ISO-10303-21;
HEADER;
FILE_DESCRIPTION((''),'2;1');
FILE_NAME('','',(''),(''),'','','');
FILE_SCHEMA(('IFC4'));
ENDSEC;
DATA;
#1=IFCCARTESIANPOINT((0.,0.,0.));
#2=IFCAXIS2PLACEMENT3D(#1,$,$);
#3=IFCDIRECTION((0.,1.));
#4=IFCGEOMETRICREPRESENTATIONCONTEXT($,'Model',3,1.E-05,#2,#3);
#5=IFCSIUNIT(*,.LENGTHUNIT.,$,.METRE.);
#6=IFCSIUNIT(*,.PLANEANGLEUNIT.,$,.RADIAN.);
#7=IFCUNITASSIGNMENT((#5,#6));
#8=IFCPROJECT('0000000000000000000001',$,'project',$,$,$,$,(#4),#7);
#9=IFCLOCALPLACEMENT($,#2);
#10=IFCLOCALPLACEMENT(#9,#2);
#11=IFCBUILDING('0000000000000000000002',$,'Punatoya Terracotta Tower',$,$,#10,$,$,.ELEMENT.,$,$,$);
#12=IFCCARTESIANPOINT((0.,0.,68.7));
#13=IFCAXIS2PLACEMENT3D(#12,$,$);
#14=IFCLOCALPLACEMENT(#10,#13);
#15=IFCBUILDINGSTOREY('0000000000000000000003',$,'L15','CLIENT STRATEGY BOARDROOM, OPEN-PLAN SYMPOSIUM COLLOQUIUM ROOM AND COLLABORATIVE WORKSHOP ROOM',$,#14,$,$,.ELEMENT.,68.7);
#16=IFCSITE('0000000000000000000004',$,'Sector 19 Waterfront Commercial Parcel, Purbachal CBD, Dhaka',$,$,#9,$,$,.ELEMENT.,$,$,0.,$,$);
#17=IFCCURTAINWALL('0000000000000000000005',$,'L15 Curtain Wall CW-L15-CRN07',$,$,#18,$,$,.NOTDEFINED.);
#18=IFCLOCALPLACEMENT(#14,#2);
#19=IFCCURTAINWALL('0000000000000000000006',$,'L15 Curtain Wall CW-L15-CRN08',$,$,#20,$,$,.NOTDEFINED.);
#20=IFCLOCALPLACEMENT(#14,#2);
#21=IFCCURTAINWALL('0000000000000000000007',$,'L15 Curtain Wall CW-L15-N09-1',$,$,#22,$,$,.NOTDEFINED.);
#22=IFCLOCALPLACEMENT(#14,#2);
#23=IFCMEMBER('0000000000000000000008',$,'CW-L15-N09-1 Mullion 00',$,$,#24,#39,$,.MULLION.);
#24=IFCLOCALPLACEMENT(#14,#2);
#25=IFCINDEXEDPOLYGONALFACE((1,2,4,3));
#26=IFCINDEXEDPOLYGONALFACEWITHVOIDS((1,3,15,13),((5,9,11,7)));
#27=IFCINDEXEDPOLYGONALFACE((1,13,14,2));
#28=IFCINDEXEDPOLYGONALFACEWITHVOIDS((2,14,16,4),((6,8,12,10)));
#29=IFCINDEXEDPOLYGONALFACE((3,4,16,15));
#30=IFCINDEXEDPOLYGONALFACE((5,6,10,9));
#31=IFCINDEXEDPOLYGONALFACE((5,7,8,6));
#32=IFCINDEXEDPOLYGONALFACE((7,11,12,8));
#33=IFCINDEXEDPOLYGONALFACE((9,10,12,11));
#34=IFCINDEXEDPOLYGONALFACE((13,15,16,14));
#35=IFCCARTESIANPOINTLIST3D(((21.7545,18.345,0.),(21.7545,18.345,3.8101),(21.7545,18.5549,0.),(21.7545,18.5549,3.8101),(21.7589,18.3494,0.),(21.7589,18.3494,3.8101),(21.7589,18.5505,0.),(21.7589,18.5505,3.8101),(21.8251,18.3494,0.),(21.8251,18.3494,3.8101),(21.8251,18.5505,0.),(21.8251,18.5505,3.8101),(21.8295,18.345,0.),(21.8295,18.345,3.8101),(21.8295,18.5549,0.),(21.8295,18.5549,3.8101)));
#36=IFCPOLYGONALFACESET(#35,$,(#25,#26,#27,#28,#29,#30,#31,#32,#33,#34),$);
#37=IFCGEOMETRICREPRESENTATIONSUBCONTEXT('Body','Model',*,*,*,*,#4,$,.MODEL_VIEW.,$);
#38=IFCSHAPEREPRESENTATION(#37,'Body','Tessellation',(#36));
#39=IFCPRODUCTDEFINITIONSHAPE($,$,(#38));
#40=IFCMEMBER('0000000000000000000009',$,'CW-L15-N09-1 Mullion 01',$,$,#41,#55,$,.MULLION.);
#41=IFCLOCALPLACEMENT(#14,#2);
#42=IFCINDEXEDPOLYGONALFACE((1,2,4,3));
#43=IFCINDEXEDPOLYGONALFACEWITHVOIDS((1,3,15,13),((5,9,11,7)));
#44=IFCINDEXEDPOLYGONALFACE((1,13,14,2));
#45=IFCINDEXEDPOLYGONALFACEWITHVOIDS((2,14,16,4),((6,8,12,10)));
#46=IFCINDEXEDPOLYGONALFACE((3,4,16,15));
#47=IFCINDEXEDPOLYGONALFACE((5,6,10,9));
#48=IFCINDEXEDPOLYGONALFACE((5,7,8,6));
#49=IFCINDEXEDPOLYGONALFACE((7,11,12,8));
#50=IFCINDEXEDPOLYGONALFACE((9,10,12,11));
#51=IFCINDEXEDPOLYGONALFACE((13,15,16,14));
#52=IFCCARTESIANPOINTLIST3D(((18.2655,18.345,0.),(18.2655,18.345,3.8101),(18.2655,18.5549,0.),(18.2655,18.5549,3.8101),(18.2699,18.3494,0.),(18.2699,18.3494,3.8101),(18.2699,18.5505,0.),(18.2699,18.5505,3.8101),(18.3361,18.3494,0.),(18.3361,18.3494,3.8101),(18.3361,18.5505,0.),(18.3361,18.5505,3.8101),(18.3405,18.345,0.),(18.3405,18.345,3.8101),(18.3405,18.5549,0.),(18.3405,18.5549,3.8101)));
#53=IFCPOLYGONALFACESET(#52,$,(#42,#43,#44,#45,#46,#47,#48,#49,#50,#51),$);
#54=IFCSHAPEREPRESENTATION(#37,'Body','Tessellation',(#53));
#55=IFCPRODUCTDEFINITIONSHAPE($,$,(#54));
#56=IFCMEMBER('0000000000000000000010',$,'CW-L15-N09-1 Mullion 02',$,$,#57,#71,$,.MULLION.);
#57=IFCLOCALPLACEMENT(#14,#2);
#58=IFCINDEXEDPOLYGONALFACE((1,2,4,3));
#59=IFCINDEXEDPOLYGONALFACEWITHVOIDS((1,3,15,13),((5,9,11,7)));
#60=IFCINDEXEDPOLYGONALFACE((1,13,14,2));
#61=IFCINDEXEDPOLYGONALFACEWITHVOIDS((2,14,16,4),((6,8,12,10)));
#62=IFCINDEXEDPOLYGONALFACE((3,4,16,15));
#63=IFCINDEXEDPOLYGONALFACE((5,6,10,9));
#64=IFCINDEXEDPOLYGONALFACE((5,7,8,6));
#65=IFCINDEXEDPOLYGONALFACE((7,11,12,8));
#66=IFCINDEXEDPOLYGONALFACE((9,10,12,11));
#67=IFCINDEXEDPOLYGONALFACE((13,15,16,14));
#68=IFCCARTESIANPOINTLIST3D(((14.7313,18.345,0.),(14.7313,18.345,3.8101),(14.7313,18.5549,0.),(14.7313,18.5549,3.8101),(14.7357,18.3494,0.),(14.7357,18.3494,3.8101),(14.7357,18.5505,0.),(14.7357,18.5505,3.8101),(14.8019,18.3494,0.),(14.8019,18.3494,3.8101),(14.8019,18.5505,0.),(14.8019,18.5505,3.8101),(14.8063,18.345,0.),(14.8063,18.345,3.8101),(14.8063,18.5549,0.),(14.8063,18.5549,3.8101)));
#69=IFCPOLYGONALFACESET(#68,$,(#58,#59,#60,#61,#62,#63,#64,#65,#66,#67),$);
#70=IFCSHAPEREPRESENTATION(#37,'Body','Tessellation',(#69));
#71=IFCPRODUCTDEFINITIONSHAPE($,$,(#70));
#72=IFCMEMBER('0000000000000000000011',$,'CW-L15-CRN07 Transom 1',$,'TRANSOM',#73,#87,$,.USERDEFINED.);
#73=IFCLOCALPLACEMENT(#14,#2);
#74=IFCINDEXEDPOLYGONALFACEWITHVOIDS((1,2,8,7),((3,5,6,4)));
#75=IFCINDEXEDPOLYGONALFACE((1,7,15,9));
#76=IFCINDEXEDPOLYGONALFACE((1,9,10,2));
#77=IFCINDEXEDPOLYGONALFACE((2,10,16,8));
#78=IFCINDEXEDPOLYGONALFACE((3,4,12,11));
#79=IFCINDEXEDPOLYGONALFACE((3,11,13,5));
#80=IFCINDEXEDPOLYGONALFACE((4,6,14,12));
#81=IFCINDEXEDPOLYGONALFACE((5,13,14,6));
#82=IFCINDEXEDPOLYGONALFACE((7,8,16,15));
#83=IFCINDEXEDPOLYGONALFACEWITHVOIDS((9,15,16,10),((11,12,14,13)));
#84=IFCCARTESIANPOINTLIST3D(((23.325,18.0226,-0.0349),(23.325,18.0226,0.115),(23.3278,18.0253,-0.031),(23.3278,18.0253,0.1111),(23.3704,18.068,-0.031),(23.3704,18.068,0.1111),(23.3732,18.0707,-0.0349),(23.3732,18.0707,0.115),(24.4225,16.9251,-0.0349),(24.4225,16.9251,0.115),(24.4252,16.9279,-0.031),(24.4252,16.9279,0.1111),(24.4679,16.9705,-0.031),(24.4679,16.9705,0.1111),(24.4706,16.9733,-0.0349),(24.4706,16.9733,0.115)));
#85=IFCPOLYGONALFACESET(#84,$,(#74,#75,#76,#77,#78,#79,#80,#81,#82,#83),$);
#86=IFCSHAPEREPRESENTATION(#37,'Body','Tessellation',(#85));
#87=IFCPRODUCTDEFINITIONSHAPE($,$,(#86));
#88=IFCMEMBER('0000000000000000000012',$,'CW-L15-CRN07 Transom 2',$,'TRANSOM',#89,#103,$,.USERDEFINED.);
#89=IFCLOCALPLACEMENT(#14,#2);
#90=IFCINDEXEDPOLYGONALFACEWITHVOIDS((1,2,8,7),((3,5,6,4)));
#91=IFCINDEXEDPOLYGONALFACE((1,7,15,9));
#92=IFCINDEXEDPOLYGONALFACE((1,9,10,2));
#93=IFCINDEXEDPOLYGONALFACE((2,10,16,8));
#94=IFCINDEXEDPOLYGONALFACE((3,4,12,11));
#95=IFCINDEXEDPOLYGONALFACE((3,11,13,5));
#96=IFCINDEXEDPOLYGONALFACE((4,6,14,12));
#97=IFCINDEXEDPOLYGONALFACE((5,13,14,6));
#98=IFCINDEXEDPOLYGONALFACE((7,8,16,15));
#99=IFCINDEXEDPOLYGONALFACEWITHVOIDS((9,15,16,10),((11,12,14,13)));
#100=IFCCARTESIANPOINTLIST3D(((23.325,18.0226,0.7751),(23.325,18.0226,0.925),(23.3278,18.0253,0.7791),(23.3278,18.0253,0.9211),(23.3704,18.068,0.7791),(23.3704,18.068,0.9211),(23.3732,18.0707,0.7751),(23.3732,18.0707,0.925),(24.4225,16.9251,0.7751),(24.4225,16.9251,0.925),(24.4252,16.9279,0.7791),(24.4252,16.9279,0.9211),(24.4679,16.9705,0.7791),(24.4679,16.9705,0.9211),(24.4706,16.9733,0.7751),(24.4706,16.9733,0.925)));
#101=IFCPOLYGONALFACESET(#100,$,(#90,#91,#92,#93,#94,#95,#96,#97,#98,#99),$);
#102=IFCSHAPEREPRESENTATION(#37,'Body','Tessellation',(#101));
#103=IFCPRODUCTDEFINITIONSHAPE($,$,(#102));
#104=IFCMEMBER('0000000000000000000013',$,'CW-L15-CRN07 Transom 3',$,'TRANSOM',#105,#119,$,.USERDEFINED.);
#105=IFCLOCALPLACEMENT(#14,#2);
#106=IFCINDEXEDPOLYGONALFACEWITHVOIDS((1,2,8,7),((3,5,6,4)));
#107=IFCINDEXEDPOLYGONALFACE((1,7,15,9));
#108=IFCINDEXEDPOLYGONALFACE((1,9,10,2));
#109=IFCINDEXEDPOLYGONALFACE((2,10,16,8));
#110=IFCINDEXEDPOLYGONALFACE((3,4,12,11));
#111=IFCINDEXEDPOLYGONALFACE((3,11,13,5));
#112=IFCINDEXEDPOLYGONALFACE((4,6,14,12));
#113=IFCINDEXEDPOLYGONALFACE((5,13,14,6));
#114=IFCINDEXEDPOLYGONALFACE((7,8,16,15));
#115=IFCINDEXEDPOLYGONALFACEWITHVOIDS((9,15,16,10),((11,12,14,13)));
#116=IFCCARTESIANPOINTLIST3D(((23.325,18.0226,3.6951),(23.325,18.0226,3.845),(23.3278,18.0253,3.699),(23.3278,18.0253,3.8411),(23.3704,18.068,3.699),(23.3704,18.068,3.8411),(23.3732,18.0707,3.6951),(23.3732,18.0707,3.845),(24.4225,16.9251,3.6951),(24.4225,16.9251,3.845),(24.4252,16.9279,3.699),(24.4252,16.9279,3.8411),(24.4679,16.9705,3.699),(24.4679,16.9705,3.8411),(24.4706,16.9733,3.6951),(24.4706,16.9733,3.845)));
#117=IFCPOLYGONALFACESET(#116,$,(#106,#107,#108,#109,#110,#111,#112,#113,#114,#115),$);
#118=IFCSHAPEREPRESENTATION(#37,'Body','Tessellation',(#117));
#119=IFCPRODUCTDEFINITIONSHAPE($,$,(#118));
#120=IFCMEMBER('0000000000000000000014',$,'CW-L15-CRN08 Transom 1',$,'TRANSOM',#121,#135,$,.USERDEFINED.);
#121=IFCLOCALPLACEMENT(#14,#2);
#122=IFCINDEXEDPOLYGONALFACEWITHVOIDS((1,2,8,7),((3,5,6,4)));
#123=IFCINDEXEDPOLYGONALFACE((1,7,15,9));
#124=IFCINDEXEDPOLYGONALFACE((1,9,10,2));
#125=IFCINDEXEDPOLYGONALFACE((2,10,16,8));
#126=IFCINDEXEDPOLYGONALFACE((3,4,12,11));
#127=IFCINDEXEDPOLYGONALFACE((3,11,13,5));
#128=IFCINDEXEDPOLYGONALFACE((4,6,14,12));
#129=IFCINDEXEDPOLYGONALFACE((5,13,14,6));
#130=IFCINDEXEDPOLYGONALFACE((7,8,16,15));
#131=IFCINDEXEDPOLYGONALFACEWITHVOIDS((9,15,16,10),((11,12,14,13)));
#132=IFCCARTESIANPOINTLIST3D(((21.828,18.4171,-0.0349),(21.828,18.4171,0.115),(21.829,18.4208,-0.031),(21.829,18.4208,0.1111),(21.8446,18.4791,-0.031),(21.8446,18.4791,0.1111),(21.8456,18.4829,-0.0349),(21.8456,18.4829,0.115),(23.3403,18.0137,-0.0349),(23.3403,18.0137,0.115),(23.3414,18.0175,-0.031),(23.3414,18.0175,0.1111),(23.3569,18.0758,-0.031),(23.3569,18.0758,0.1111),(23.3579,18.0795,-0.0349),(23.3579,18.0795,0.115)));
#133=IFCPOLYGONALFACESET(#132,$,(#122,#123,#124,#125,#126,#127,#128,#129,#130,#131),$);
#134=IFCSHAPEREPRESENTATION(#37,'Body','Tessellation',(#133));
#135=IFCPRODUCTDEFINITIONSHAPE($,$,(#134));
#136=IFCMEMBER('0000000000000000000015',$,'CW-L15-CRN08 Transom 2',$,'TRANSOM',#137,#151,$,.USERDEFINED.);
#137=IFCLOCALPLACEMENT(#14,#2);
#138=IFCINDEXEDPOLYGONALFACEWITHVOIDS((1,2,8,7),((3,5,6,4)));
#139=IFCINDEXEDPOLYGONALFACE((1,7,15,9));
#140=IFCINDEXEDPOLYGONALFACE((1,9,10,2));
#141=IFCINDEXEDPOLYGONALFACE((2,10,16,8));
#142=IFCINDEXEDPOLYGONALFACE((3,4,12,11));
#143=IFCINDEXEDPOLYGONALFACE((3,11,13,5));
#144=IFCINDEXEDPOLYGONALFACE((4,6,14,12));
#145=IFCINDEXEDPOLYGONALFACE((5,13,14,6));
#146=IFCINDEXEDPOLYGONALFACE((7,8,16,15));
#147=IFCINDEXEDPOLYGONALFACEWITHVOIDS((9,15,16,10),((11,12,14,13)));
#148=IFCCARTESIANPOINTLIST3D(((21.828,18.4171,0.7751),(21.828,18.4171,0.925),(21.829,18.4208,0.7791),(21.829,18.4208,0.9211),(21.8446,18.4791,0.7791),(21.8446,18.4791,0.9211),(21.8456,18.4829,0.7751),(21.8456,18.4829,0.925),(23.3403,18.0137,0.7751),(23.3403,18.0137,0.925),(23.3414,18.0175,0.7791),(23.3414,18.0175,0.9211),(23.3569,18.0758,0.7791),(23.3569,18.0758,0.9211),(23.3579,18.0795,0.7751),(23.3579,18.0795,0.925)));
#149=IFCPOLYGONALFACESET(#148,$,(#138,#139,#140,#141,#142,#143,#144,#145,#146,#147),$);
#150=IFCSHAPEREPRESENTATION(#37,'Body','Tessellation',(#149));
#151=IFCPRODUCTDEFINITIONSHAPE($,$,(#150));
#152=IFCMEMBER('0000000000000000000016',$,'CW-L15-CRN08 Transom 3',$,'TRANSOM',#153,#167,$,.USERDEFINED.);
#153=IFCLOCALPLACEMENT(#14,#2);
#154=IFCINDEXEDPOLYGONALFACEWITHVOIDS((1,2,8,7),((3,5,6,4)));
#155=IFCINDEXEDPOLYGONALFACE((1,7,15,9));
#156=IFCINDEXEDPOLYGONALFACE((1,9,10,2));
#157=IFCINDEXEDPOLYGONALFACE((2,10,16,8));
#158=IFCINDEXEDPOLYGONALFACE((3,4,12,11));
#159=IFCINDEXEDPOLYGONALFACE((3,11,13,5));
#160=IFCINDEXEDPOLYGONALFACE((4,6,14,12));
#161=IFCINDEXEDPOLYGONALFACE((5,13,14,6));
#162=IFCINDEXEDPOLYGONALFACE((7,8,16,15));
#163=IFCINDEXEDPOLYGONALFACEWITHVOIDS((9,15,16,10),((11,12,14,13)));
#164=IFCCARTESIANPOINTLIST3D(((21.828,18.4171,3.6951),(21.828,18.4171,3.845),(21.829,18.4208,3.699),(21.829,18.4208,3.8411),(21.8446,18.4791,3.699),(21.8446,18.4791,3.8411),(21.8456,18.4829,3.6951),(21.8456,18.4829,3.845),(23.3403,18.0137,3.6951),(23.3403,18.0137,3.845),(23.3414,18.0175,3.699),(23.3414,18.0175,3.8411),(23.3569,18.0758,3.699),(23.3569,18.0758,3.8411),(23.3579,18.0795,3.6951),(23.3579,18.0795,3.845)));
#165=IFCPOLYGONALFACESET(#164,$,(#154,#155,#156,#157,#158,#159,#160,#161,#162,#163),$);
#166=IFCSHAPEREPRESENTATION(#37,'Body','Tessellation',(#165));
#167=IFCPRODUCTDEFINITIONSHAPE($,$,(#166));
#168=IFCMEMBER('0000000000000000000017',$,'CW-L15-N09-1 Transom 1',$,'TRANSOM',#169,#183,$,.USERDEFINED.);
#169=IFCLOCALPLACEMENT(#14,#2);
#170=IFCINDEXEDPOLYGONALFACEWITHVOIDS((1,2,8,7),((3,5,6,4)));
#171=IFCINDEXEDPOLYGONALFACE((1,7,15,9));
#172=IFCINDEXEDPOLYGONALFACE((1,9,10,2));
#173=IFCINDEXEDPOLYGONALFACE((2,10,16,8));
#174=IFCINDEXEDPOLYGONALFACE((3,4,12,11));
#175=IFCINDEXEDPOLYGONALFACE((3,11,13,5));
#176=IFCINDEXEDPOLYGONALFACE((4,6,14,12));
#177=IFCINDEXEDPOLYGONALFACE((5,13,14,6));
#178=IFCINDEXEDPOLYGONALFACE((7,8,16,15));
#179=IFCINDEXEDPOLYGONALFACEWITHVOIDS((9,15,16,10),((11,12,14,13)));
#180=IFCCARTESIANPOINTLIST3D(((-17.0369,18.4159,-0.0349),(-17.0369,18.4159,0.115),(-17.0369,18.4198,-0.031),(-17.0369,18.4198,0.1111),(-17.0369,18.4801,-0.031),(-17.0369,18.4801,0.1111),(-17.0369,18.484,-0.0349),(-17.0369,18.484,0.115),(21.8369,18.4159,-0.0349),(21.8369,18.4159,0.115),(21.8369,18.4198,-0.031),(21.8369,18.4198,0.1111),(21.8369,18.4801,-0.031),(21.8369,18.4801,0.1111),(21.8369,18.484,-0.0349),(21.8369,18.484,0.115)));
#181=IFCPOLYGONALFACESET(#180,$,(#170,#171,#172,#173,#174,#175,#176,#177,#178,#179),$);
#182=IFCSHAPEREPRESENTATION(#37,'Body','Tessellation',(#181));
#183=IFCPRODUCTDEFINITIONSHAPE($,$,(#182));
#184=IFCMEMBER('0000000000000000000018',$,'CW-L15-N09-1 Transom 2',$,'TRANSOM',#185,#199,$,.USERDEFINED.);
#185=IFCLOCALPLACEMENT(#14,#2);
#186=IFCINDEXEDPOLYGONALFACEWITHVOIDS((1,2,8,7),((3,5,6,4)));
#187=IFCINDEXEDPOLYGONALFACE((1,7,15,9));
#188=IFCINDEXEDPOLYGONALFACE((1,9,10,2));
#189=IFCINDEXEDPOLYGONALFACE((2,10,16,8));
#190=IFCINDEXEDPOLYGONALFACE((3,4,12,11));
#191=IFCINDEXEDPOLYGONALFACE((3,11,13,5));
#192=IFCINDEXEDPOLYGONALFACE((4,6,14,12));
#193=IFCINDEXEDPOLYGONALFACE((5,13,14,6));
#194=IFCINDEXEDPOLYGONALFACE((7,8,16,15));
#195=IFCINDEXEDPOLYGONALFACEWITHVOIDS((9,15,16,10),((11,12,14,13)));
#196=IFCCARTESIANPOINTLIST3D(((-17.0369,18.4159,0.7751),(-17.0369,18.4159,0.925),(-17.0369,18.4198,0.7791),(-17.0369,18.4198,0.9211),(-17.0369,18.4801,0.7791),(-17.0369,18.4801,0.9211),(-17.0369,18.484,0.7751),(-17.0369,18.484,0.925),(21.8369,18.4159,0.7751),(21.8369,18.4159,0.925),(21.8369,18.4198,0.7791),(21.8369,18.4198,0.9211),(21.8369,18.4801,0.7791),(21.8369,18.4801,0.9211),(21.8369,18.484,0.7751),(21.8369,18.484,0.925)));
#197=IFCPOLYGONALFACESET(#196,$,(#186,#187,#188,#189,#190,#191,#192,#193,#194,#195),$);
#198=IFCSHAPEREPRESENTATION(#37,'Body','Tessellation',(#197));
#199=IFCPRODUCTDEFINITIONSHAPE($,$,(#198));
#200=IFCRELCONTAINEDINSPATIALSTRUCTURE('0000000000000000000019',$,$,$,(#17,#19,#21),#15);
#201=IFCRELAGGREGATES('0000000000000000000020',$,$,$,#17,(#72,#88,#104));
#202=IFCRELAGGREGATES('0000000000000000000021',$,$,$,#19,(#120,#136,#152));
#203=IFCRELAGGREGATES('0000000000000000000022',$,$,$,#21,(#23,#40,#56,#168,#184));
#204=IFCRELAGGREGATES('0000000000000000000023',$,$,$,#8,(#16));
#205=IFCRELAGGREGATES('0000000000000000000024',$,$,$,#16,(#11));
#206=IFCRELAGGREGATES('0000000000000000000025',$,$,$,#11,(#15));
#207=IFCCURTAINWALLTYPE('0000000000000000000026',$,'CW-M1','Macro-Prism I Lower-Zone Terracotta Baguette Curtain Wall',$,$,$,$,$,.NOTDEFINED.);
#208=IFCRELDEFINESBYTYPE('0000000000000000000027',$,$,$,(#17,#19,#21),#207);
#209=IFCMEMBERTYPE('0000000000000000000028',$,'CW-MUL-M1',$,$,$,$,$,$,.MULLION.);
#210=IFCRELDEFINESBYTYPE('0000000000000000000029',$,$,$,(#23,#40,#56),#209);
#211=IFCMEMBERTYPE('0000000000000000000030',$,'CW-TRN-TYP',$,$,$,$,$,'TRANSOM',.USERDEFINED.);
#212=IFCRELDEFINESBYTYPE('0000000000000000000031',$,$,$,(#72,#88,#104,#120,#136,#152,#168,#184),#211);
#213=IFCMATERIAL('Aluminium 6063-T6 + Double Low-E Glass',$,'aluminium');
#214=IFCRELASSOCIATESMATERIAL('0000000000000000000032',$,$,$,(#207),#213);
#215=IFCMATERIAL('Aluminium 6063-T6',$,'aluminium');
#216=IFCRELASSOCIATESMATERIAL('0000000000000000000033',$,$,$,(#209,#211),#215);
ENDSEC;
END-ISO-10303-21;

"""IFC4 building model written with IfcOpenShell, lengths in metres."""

from ifc_helpers import new_model, si_unit, direction, frame, origin, origin_2d, place, context, subcontext, project, spatial, hollow_rectangle, extrude, material, material_profile, profile_set, type_object, element, aggregate, save


model = new_model("IFC4")

# Units and contexts
model_context = context("Model", 3, precision=1e-05, world=origin(), true_north=direction((0.0, 1.0)))
body_context = subcontext(model_context, "Body", "Model", "MODEL_VIEW")
ifc_project = project(units=[si_unit("LENGTHUNIT", "METRE"), si_unit("PLANEANGLEUNIT", "RADIAN")], contexts=[model_context])

# Site, building, storey
site_placement = place(None, origin())
site = spatial("IfcSite", under=ifc_project, at=site_placement, Name="Sector 19 Waterfront Commercial Parcel, Purbachal CBD, Dhaka", CompositionType="ELEMENT", RefElevation=0.0)
building_placement = place(site_placement, origin())
building = spatial("IfcBuilding", under=site, at=building_placement, Name="Punatoya Terracotta Tower", CompositionType="ELEMENT")
storey_placement = place(building_placement, frame((0.0, 0.0, 68.7)))
storey = spatial("IfcBuildingStorey", under=building, at=storey_placement, Name="L15", Description="CLIENT STRATEGY BOARDROOM, OPEN-PLAN SYMPOSIUM COLLOQUIUM ROOM AND COLLABORATIVE WORKSHOP ROOM", CompositionType="ELEMENT", Elevation=68.7)

# Curtain walls, members
ifc_material_1 = material(Name="Aluminium 6063-T6 + Double Low-E Glass", Category="aluminium")
curtain_wall_type = type_object("IfcCurtainWallType", Name="CW-M1", Description="Macro-Prism I Lower-Zone Terracotta Baguette Curtain Wall", PredefinedType="NOTDEFINED", material=ifc_material_1)
curtain_wall_1_placement = place(storey_placement, origin())
curtain_wall_1 = element("IfcCurtainWall", 1, at=curtain_wall_1_placement, inside=storey, type_object=curtain_wall_type, Name="L15 Curtain Wall CW-L15-CRN07", PredefinedType="NOTDEFINED")
ifc_material_2 = material(Name="Aluminium 6063-T6", Category="aluminium")
ifc_material_profile_1 = material_profile(ifc_material_2, hollow_rectangle(XDim=0.075, YDim=0.21, WallThickness=0.0044, at=origin_2d()))
ifc_profile_set_1 = profile_set([ifc_material_profile_1], Name="Aluminium 6063-T6")
member_type_1 = type_object("IfcMemberType", Name="CW-MUL-M1", PredefinedType="MULLION", material=ifc_profile_set_1)
curtain_wall_2_placement = place(storey_placement, origin())
curtain_wall_2 = element("IfcCurtainWall", 2, at=curtain_wall_2_placement, inside=storey, type_object=curtain_wall_type, Name="L15 Curtain Wall CW-L15-CRN08", PredefinedType="NOTDEFINED")
curtain_wall_3_placement = place(storey_placement, origin())
curtain_wall_3 = element("IfcCurtainWall", 3, at=curtain_wall_3_placement, inside=storey, type_object=curtain_wall_type, Name="L15 Curtain Wall CW-L15-N09-1", PredefinedType="NOTDEFINED")
member_1_placement = place(storey_placement, frame((21.792, 18.45, 0.0), z_axis=(0.0, 0.0, 1.0), x_axis=(1.0, 0.0, 0.0)))
member_1 = element("IfcMember", 4, at=member_1_placement, type_object=member_type_1, Name="CW-L15-N09-1 Mullion 00", PredefinedType="MULLION", context=body_context, shape_type="SweptSolid", body=[
    extrude(hollow_rectangle(XDim=0.075, YDim=0.21, WallThickness=0.0044, at=origin_2d()), origin(), (0.0, 0.0, 1.0), 3.8101),
])
member_2_placement = place(storey_placement, frame((18.303, 18.45, 0.0), z_axis=(0.0, 0.0, 1.0), x_axis=(1.0, 0.0, 0.0)))
member_2 = element("IfcMember", 5, at=member_2_placement, type_object=member_type_1, Name="CW-L15-N09-1 Mullion 01", PredefinedType="MULLION", context=body_context, shape_type="SweptSolid", body=[
    extrude(hollow_rectangle(XDim=0.075, YDim=0.21, WallThickness=0.0044, at=origin_2d()), origin(), (0.0, 0.0, 1.0), 3.8101),
])
member_3_placement = place(storey_placement, frame((14.7688, 18.45, 0.0), z_axis=(0.0, 0.0, 1.0), x_axis=(1.0, 0.0, 0.0)))
member_3 = element("IfcMember", 6, at=member_3_placement, type_object=member_type_1, Name="CW-L15-N09-1 Mullion 02", PredefinedType="MULLION", context=body_context, shape_type="SweptSolid", body=[
    extrude(hollow_rectangle(XDim=0.075, YDim=0.21, WallThickness=0.0044, at=origin_2d()), origin(), (0.0, 0.0, 1.0), 3.8101),
])

# Members
ifc_material_profile_2 = material_profile(ifc_material_2, hollow_rectangle(XDim=0.0681, YDim=0.1499, WallThickness=0.0039, at=origin_2d()))
ifc_profile_set_2 = profile_set([ifc_material_profile_2], Name="Aluminium 6063-T6")
member_type_2 = type_object("IfcMemberType", Name="CW-TRN-TYP", ElementType="TRANSOM", PredefinedType="USERDEFINED", material=ifc_profile_set_2)
member_4_placement = place(storey_placement, frame((24.4465, 16.9492, 0.04), z_axis=(-0.707107, 0.707107, 0.0), x_axis=(-0.707107, -0.707107, 0.0)))
member_4 = element("IfcMember", 7, at=member_4_placement, type_object=member_type_2, Name="CW-L15-CRN07 Transom 1", ObjectType="TRANSOM", PredefinedType="USERDEFINED", context=body_context, shape_type="SweptSolid", body=[
    extrude(hollow_rectangle(XDim=0.0681, YDim=0.1499, WallThickness=0.0039, at=origin_2d()), origin(), (0.0, 0.0, 1.0), 1.552),
])
member_5_placement = place(storey_placement, frame((24.4465, 16.9492, 0.8501), z_axis=(-0.707107, 0.707107, 0.0), x_axis=(-0.707107, -0.707107, 0.0)))
member_5 = element("IfcMember", 8, at=member_5_placement, type_object=member_type_2, Name="CW-L15-CRN07 Transom 2", ObjectType="TRANSOM", PredefinedType="USERDEFINED", context=body_context, shape_type="SweptSolid", body=[
    extrude(hollow_rectangle(XDim=0.0681, YDim=0.1499, WallThickness=0.0039, at=origin_2d()), origin(), (0.0, 0.0, 1.0), 1.552),
])
member_6_placement = place(storey_placement, frame((24.4465, 16.9492, 3.77), z_axis=(-0.707107, 0.707107, 0.0), x_axis=(-0.707107, -0.707107, 0.0)))
member_6 = element("IfcMember", 9, at=member_6_placement, type_object=member_type_2, Name="CW-L15-CRN07 Transom 3", ObjectType="TRANSOM", PredefinedType="USERDEFINED", context=body_context, shape_type="SweptSolid", body=[
    extrude(hollow_rectangle(XDim=0.0681, YDim=0.1499, WallThickness=0.0039, at=origin_2d()), origin(), (0.0, 0.0, 1.0), 1.552),
])
member_7_placement = place(storey_placement, frame((23.3491, 18.0466, 0.04), z_axis=(-0.966225, 0.257701, 0.0), x_axis=(-0.257701, -0.966225, 0.0)))
member_7 = element("IfcMember", 10, at=member_7_placement, type_object=member_type_2, Name="CW-L15-CRN08 Transom 1", ObjectType="TRANSOM", PredefinedType="USERDEFINED", context=body_context, shape_type="SweptSolid", body=[
    extrude(hollow_rectangle(XDim=0.0681, YDim=0.1499, WallThickness=0.0039, at=origin_2d()), origin(), (0.0, 0.0, 1.0), 1.5652),
])
member_8_placement = place(storey_placement, frame((23.3491, 18.0466, 0.8501), z_axis=(-0.966225, 0.257701, 0.0), x_axis=(-0.257701, -0.966225, 0.0)))
member_8 = element("IfcMember", 11, at=member_8_placement, type_object=member_type_2, Name="CW-L15-CRN08 Transom 2", ObjectType="TRANSOM", PredefinedType="USERDEFINED", context=body_context, shape_type="SweptSolid", body=[
    extrude(hollow_rectangle(XDim=0.0681, YDim=0.1499, WallThickness=0.0039, at=origin_2d()), origin(), (0.0, 0.0, 1.0), 1.5652),
])
member_9_placement = place(storey_placement, frame((23.3491, 18.0466, 3.77), z_axis=(-0.966225, 0.257701, 0.0), x_axis=(-0.257701, -0.966225, 0.0)))
member_9 = element("IfcMember", 12, at=member_9_placement, type_object=member_type_2, Name="CW-L15-CRN08 Transom 3", ObjectType="TRANSOM", PredefinedType="USERDEFINED", context=body_context, shape_type="SweptSolid", body=[
    extrude(hollow_rectangle(XDim=0.0681, YDim=0.1499, WallThickness=0.0039, at=origin_2d()), origin(), (0.0, 0.0, 1.0), 1.5652),
])
member_10_placement = place(storey_placement, frame((21.8369, 18.45, 0.04), z_axis=(-1.0, 0.0, 0.0), x_axis=(0.0, -1.0, 0.0)))
member_10 = element("IfcMember", 13, at=member_10_placement, type_object=member_type_2, Name="CW-L15-N09-1 Transom 1", ObjectType="TRANSOM", PredefinedType="USERDEFINED", context=body_context, shape_type="SweptSolid", body=[
    extrude(hollow_rectangle(XDim=0.0681, YDim=0.1499, WallThickness=0.0039, at=origin_2d()), origin(), (0.0, 0.0, 1.0), 38.8738),
])
member_11_placement = place(storey_placement, frame((21.8369, 18.45, 0.8501), z_axis=(-1.0, 0.0, 0.0), x_axis=(0.0, -1.0, 0.0)))
member_11 = element("IfcMember", 14, at=member_11_placement, type_object=member_type_2, Name="CW-L15-N09-1 Transom 2", ObjectType="TRANSOM", PredefinedType="USERDEFINED", context=body_context, shape_type="SweptSolid", body=[
    extrude(hollow_rectangle(XDim=0.0681, YDim=0.1499, WallThickness=0.0039, at=origin_2d()), origin(), (0.0, 0.0, 1.0), 38.8738),
])

aggregate(curtain_wall_1, [member_4, member_5, member_6])
aggregate(curtain_wall_2, [member_7, member_8, member_9])
aggregate(curtain_wall_3, [member_1, member_2, member_3, member_10, member_11])

save(model, "model.ifc")
